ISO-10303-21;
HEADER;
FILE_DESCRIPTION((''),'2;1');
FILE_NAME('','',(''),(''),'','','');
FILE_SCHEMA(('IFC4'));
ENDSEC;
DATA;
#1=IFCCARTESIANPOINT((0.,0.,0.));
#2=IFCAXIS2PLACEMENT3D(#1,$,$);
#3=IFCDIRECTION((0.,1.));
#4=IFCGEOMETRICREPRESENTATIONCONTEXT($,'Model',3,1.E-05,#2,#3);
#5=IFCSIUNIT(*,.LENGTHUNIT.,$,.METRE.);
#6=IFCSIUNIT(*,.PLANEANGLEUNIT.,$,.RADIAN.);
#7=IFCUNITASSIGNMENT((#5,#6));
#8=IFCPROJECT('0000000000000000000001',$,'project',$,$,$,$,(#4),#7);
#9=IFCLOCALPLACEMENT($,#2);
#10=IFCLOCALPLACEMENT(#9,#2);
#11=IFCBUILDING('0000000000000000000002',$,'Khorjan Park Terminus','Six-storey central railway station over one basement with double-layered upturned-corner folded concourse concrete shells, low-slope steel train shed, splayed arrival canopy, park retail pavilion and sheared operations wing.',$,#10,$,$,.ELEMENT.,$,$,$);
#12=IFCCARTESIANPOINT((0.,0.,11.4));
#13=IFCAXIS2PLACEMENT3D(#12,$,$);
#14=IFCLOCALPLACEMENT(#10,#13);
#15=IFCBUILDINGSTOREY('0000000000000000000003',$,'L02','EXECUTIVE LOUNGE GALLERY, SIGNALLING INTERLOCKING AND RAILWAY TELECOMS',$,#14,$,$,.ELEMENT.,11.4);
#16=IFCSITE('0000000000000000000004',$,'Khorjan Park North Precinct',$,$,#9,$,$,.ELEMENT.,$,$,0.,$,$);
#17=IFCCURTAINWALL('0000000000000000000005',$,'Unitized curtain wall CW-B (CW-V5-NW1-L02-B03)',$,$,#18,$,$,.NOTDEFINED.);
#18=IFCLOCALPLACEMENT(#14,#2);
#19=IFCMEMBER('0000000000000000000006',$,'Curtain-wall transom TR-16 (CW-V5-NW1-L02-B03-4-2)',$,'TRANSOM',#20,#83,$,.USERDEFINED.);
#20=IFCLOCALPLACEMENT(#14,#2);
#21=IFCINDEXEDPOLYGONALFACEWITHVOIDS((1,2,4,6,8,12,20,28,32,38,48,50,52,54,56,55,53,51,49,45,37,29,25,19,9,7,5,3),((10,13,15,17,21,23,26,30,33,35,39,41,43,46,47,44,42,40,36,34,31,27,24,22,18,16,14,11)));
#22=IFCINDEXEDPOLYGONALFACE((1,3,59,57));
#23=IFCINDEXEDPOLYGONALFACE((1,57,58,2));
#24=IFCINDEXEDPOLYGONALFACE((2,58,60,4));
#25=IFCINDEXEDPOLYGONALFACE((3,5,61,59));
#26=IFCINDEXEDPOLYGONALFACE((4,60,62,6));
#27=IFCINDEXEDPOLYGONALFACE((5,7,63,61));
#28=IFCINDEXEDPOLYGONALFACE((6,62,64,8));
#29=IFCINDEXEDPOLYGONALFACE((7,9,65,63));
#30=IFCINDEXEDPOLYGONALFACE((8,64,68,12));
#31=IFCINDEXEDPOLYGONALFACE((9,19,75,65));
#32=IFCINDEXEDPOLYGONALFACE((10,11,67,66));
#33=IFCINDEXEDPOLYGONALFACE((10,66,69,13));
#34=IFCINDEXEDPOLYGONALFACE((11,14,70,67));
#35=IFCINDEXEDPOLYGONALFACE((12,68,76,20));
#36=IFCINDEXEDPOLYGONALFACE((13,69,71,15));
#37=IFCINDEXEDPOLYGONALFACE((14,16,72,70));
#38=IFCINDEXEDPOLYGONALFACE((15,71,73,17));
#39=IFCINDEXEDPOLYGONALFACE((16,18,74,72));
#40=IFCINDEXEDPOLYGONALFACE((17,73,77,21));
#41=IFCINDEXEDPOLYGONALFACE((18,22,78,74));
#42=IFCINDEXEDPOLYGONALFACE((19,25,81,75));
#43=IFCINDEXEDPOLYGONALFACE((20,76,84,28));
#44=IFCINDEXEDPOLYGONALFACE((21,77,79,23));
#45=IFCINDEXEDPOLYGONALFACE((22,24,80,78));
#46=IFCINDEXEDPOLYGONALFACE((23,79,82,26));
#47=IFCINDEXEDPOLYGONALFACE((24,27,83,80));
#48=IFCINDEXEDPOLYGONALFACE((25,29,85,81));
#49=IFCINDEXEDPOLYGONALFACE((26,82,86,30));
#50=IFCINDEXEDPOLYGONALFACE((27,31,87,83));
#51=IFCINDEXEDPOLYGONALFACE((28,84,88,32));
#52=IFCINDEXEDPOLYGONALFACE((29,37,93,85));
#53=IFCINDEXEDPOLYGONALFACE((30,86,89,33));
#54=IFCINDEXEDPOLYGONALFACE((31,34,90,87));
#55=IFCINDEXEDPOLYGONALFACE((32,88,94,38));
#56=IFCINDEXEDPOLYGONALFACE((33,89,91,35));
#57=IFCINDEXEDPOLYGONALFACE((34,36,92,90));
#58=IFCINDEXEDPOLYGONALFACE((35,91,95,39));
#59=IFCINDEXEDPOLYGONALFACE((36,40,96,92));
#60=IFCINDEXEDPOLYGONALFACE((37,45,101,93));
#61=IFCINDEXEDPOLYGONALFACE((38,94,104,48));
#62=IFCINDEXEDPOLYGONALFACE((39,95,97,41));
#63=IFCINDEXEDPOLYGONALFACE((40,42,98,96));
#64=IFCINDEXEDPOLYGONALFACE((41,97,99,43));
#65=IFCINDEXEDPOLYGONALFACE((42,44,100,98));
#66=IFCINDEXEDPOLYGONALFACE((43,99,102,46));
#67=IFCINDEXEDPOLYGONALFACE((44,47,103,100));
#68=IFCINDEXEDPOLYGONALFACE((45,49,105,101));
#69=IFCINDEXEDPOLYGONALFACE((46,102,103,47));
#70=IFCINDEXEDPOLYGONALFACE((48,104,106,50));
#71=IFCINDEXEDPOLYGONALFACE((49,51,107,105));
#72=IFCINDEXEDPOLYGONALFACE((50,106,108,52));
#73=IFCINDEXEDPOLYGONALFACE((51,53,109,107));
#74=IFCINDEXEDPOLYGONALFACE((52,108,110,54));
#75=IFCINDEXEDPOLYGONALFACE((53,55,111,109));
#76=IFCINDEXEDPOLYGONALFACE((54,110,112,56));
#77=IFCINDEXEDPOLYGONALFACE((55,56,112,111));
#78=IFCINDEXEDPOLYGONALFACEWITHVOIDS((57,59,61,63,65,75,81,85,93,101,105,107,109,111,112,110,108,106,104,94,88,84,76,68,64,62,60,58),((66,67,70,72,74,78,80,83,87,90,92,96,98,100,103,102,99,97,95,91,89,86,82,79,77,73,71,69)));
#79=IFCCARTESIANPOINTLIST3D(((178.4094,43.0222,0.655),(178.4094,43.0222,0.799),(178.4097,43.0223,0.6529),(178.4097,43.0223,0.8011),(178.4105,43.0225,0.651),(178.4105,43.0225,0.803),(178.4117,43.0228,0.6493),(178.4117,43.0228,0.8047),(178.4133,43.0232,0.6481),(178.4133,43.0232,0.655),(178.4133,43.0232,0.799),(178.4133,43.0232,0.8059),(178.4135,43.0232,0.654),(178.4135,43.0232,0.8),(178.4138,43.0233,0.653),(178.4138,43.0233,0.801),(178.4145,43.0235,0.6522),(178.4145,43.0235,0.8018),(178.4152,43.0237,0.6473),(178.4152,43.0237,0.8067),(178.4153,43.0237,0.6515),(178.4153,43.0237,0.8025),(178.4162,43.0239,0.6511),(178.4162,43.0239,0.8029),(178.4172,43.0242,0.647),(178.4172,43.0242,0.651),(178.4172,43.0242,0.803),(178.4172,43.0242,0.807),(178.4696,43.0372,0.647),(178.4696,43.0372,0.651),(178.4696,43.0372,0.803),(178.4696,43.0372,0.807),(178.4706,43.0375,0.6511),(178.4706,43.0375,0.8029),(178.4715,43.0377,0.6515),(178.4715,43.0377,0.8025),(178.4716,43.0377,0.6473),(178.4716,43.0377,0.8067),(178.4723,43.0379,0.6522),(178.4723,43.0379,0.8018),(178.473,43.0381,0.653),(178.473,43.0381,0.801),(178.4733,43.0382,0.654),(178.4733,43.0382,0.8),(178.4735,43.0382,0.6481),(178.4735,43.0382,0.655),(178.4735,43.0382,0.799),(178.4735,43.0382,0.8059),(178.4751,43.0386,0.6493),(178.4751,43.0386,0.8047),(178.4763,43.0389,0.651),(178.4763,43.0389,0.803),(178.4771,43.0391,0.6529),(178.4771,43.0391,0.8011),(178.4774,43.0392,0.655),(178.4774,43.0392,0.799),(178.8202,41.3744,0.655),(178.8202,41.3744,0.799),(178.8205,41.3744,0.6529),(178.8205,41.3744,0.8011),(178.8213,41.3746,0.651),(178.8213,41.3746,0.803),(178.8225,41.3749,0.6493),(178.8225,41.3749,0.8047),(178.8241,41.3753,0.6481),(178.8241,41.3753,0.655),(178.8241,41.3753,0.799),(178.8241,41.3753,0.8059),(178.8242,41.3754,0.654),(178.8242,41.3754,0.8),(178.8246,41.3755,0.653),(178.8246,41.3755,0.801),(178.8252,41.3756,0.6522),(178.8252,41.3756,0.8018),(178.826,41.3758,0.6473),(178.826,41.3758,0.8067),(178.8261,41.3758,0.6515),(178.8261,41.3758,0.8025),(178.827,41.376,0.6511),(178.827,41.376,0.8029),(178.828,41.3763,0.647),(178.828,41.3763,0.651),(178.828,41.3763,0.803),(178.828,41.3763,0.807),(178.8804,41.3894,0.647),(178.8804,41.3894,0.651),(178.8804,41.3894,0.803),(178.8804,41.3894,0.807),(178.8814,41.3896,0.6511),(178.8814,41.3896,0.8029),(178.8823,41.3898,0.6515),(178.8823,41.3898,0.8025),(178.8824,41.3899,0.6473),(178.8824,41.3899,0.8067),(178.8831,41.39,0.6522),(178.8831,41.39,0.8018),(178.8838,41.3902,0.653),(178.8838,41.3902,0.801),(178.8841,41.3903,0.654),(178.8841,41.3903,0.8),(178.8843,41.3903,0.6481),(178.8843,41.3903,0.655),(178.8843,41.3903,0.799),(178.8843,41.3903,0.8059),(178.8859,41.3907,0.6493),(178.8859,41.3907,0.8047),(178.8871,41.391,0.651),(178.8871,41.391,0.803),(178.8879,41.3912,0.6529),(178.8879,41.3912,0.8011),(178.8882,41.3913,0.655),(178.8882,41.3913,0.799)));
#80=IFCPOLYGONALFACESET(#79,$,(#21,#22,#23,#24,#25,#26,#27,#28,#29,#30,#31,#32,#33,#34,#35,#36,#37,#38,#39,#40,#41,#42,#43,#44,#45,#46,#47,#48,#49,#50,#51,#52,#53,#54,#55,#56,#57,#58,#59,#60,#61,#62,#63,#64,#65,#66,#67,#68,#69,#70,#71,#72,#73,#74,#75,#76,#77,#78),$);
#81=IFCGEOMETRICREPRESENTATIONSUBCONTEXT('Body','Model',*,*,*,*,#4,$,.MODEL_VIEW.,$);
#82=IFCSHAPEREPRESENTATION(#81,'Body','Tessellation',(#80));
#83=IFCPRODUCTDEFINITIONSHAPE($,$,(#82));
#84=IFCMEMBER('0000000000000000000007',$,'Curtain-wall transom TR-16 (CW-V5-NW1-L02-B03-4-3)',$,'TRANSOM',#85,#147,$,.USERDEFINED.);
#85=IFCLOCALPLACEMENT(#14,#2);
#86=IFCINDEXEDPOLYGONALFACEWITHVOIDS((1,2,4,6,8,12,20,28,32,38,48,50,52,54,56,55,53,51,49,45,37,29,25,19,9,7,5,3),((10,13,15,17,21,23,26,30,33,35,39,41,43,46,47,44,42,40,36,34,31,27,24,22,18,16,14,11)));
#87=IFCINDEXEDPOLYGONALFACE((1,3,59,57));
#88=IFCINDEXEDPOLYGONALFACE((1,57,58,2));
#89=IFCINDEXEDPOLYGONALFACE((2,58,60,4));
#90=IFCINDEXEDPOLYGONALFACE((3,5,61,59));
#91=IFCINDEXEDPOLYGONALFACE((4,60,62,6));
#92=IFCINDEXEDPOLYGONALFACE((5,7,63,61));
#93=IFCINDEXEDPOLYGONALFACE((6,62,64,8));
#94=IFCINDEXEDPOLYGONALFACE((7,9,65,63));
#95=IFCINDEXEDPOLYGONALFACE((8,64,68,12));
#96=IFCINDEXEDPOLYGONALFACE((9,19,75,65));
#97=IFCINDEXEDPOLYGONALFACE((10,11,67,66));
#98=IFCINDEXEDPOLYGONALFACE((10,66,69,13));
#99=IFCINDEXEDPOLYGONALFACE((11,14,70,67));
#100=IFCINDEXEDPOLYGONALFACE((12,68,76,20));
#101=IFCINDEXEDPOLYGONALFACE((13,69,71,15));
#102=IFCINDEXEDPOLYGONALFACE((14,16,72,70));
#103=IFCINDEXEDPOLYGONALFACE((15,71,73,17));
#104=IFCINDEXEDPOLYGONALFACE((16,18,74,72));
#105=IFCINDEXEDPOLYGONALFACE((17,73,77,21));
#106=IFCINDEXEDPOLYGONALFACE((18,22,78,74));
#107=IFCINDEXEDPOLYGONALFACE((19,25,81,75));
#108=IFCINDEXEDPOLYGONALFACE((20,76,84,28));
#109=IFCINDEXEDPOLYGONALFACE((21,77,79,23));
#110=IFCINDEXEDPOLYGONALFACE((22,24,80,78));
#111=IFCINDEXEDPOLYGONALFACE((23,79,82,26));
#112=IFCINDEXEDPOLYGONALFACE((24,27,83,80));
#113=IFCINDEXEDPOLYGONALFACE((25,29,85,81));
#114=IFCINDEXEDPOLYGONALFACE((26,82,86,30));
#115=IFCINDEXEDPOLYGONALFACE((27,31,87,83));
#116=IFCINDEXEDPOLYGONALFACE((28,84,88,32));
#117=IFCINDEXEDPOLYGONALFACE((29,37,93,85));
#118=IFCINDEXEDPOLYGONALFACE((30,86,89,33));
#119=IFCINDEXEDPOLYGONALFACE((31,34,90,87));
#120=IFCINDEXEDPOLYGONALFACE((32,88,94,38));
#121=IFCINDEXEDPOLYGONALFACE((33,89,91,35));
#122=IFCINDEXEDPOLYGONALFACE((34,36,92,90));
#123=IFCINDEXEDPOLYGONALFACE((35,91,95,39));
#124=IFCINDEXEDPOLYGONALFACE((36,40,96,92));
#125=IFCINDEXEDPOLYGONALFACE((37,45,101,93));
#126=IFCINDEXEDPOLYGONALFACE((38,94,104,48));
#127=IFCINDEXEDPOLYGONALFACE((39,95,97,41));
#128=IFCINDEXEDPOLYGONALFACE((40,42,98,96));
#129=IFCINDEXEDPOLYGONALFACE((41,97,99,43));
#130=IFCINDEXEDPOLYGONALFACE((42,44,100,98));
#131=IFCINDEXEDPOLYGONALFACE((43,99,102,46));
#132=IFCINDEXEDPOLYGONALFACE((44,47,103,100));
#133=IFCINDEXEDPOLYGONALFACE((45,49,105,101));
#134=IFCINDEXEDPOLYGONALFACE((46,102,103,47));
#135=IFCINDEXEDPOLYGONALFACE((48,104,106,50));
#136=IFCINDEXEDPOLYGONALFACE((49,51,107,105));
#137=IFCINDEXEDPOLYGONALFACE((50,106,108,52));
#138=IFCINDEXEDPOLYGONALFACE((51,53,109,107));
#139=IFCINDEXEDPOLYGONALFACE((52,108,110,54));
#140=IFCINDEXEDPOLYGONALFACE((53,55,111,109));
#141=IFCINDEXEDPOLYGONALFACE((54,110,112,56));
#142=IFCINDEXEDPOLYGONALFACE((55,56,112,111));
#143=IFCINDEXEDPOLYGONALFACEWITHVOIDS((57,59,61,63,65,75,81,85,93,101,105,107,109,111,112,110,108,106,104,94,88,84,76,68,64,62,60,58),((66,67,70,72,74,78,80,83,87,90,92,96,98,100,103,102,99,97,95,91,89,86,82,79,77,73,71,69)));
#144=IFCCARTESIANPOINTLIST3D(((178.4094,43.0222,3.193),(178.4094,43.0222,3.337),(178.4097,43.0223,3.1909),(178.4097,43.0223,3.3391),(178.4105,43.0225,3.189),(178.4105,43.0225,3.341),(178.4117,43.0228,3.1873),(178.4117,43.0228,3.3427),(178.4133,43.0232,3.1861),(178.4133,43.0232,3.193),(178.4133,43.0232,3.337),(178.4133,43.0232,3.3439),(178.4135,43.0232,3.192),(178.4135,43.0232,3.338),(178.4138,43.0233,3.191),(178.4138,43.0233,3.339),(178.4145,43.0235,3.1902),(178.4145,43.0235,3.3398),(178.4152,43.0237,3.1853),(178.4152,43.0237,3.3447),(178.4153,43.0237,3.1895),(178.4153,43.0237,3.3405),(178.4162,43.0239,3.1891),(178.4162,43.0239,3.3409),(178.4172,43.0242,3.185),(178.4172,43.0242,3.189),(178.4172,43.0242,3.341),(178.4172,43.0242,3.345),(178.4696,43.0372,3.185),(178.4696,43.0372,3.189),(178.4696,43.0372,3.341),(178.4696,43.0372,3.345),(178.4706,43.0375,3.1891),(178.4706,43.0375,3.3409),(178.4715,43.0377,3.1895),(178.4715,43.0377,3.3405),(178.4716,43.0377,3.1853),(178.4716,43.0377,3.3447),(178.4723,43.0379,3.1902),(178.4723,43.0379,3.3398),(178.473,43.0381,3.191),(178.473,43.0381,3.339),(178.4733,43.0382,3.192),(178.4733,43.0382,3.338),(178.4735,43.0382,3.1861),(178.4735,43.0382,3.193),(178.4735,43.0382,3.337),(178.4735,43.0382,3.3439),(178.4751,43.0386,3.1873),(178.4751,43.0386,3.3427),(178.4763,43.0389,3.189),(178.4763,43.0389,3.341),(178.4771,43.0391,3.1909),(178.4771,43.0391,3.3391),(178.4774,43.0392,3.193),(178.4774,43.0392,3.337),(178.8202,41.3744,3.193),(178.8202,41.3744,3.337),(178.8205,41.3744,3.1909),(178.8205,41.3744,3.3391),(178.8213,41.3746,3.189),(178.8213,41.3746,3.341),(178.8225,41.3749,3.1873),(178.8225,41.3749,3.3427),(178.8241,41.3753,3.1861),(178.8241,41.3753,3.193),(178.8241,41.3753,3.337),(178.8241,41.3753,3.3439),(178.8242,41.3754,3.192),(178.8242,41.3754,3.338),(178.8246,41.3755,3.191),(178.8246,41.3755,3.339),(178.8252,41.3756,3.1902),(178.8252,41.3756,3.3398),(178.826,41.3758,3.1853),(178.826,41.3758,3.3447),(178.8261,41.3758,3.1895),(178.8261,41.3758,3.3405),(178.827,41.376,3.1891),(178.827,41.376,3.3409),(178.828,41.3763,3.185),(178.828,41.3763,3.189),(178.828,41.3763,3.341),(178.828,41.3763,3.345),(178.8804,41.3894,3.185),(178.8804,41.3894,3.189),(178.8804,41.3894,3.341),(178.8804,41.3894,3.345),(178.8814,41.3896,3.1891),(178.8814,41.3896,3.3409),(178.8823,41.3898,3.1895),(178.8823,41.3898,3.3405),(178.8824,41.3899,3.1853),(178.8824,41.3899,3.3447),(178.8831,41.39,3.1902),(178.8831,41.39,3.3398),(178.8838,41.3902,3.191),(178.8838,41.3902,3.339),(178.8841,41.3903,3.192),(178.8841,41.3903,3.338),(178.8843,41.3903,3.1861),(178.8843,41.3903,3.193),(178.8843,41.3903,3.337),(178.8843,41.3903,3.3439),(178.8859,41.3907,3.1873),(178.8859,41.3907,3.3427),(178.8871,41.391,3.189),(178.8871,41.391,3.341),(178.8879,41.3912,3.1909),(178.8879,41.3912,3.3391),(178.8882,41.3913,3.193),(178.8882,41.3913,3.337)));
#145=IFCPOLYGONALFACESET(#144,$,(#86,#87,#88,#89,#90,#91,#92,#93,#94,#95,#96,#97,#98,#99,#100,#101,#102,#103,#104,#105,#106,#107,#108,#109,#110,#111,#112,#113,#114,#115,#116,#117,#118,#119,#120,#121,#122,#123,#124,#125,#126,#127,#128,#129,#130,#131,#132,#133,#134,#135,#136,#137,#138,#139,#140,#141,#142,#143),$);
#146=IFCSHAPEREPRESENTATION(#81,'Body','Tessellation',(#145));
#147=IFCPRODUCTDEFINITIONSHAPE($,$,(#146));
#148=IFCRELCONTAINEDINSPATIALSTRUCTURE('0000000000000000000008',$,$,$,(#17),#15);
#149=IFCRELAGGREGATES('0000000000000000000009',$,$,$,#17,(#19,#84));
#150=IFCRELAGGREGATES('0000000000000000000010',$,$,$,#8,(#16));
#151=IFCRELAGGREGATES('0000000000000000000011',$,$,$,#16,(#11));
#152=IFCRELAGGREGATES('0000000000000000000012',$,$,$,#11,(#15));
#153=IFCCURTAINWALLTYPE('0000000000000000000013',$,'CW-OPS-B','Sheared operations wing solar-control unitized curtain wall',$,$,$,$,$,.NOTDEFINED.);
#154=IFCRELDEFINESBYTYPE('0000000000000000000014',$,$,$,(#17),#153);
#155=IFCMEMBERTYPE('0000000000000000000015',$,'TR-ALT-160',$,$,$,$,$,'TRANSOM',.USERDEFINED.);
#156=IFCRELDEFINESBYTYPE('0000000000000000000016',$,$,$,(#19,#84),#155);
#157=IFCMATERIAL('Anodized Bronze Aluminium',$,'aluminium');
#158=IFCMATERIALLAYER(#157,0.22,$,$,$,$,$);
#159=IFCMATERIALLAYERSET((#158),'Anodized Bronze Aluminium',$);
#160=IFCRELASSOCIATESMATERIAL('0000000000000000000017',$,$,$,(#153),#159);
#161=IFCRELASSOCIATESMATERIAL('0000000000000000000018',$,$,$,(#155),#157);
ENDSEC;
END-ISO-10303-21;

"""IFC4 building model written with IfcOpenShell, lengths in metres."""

from ifc_helpers import new_model, si_unit, direction, frame, origin, origin_2d, place, context, subcontext, project, spatial, hollow_rectangle, extrude, material, layer, layer_set, material_profile, profile_set, type_object, element, aggregate, save


model = new_model("IFC4")

# Units and contexts
model_context = context("Model", 3, precision=1e-05, world=origin(), true_north=direction((0.0, 1.0)))
body_context = subcontext(model_context, "Body", "Model", "MODEL_VIEW")
ifc_project = project(units=[si_unit("LENGTHUNIT", "METRE"), si_unit("PLANEANGLEUNIT", "RADIAN")], contexts=[model_context])

# Site, building, storey
site_placement = place(None, origin())
site = spatial("IfcSite", under=ifc_project, at=site_placement, Name="Khorjan Park North Precinct", CompositionType="ELEMENT", RefElevation=0.0)
building_placement = place(site_placement, origin())
building = spatial("IfcBuilding", under=site, at=building_placement, Name="Khorjan Park Terminus", Description="Six-storey central railway station over one basement with double-layered upturned-corner folded concourse concrete shells, low-slope steel train shed, splayed arrival canopy, park retail pavilion and sheared operations wing.", CompositionType="ELEMENT")
storey_placement = place(building_placement, frame((0.0, 0.0, 11.4)))
storey = spatial("IfcBuildingStorey", under=building, at=storey_placement, Name="L02", Description="EXECUTIVE LOUNGE GALLERY, SIGNALLING INTERLOCKING AND RAILWAY TELECOMS", CompositionType="ELEMENT", Elevation=11.4)

# Curtain wall
ifc_material_1 = material(Name="Anodized Bronze Aluminium", Category="aluminium")
ifc_layer_1 = layer(ifc_material_1, 0.22)
ifc_layer_set_1 = layer_set([ifc_layer_1], Name="Anodized Bronze Aluminium")
curtain_wall_type = type_object("IfcCurtainWallType", Name="CW-OPS-B", Description="Sheared operations wing solar-control unitized curtain wall", PredefinedType="NOTDEFINED", material=ifc_layer_set_1)
curtain_wall_1_placement = place(storey_placement, origin())
curtain_wall_1 = element("IfcCurtainWall", 1, at=curtain_wall_1_placement, inside=storey, type_object=curtain_wall_type, Name="Unitized curtain wall CW-B (CW-V5-NW1-L02-B03)", PredefinedType="NOTDEFINED")

# Members
ifc_material_profile_1 = material_profile(ifc_material_1, hollow_rectangle(XDim=0.07, YDim=0.16, WallThickness=0.004, InnerFilletRadius=0.004, OuterFilletRadius=0.008, at=origin_2d()), Name="ALT 70x160x4")
ifc_profile_set_1 = profile_set([ifc_material_profile_1], Name="Anodized Bronze Aluminium")
member_type_1 = type_object("IfcMemberType", Name="TR-ALT-160", ElementType="TRANSOM", PredefinedType="USERDEFINED", material=ifc_profile_set_1)
member_1_placement = place(storey_placement, frame((178.4434, 43.0307, 0.727), z_axis=(0.241884, -0.970305, 0.0), x_axis=(0.970305, 0.241884, 0.0)))
member_1 = element("IfcMember", 2, at=member_1_placement, type_object=member_type_1, Name="Curtain-wall transom TR-16 (CW-V5-NW1-L02-B03-4-2)", ObjectType="TRANSOM", PredefinedType="USERDEFINED", context=body_context, shape_type="SweptSolid", body=[
    extrude(hollow_rectangle(XDim=0.07, YDim=0.16, WallThickness=0.004, InnerFilletRadius=0.004, OuterFilletRadius=0.008, at=origin_2d()), origin(), (0.0, 0.0, 1.0), 1.6983),
])
member_2_placement = place(storey_placement, frame((178.4434, 43.0307, 3.265), z_axis=(0.241884, -0.970305, 0.0), x_axis=(0.970305, 0.241884, 0.0)))
member_2 = element("IfcMember", 3, at=member_2_placement, type_object=member_type_1, Name="Curtain-wall transom TR-16 (CW-V5-NW1-L02-B03-4-3)", ObjectType="TRANSOM", PredefinedType="USERDEFINED", context=body_context, shape_type="SweptSolid", body=[
    extrude(hollow_rectangle(XDim=0.07, YDim=0.16, WallThickness=0.004, InnerFilletRadius=0.004, OuterFilletRadius=0.008, at=origin_2d()), origin(), (0.0, 0.0, 1.0), 1.6983),
])

aggregate(curtain_wall_1, [member_1, member_2])

save(model, "model.ifc")
